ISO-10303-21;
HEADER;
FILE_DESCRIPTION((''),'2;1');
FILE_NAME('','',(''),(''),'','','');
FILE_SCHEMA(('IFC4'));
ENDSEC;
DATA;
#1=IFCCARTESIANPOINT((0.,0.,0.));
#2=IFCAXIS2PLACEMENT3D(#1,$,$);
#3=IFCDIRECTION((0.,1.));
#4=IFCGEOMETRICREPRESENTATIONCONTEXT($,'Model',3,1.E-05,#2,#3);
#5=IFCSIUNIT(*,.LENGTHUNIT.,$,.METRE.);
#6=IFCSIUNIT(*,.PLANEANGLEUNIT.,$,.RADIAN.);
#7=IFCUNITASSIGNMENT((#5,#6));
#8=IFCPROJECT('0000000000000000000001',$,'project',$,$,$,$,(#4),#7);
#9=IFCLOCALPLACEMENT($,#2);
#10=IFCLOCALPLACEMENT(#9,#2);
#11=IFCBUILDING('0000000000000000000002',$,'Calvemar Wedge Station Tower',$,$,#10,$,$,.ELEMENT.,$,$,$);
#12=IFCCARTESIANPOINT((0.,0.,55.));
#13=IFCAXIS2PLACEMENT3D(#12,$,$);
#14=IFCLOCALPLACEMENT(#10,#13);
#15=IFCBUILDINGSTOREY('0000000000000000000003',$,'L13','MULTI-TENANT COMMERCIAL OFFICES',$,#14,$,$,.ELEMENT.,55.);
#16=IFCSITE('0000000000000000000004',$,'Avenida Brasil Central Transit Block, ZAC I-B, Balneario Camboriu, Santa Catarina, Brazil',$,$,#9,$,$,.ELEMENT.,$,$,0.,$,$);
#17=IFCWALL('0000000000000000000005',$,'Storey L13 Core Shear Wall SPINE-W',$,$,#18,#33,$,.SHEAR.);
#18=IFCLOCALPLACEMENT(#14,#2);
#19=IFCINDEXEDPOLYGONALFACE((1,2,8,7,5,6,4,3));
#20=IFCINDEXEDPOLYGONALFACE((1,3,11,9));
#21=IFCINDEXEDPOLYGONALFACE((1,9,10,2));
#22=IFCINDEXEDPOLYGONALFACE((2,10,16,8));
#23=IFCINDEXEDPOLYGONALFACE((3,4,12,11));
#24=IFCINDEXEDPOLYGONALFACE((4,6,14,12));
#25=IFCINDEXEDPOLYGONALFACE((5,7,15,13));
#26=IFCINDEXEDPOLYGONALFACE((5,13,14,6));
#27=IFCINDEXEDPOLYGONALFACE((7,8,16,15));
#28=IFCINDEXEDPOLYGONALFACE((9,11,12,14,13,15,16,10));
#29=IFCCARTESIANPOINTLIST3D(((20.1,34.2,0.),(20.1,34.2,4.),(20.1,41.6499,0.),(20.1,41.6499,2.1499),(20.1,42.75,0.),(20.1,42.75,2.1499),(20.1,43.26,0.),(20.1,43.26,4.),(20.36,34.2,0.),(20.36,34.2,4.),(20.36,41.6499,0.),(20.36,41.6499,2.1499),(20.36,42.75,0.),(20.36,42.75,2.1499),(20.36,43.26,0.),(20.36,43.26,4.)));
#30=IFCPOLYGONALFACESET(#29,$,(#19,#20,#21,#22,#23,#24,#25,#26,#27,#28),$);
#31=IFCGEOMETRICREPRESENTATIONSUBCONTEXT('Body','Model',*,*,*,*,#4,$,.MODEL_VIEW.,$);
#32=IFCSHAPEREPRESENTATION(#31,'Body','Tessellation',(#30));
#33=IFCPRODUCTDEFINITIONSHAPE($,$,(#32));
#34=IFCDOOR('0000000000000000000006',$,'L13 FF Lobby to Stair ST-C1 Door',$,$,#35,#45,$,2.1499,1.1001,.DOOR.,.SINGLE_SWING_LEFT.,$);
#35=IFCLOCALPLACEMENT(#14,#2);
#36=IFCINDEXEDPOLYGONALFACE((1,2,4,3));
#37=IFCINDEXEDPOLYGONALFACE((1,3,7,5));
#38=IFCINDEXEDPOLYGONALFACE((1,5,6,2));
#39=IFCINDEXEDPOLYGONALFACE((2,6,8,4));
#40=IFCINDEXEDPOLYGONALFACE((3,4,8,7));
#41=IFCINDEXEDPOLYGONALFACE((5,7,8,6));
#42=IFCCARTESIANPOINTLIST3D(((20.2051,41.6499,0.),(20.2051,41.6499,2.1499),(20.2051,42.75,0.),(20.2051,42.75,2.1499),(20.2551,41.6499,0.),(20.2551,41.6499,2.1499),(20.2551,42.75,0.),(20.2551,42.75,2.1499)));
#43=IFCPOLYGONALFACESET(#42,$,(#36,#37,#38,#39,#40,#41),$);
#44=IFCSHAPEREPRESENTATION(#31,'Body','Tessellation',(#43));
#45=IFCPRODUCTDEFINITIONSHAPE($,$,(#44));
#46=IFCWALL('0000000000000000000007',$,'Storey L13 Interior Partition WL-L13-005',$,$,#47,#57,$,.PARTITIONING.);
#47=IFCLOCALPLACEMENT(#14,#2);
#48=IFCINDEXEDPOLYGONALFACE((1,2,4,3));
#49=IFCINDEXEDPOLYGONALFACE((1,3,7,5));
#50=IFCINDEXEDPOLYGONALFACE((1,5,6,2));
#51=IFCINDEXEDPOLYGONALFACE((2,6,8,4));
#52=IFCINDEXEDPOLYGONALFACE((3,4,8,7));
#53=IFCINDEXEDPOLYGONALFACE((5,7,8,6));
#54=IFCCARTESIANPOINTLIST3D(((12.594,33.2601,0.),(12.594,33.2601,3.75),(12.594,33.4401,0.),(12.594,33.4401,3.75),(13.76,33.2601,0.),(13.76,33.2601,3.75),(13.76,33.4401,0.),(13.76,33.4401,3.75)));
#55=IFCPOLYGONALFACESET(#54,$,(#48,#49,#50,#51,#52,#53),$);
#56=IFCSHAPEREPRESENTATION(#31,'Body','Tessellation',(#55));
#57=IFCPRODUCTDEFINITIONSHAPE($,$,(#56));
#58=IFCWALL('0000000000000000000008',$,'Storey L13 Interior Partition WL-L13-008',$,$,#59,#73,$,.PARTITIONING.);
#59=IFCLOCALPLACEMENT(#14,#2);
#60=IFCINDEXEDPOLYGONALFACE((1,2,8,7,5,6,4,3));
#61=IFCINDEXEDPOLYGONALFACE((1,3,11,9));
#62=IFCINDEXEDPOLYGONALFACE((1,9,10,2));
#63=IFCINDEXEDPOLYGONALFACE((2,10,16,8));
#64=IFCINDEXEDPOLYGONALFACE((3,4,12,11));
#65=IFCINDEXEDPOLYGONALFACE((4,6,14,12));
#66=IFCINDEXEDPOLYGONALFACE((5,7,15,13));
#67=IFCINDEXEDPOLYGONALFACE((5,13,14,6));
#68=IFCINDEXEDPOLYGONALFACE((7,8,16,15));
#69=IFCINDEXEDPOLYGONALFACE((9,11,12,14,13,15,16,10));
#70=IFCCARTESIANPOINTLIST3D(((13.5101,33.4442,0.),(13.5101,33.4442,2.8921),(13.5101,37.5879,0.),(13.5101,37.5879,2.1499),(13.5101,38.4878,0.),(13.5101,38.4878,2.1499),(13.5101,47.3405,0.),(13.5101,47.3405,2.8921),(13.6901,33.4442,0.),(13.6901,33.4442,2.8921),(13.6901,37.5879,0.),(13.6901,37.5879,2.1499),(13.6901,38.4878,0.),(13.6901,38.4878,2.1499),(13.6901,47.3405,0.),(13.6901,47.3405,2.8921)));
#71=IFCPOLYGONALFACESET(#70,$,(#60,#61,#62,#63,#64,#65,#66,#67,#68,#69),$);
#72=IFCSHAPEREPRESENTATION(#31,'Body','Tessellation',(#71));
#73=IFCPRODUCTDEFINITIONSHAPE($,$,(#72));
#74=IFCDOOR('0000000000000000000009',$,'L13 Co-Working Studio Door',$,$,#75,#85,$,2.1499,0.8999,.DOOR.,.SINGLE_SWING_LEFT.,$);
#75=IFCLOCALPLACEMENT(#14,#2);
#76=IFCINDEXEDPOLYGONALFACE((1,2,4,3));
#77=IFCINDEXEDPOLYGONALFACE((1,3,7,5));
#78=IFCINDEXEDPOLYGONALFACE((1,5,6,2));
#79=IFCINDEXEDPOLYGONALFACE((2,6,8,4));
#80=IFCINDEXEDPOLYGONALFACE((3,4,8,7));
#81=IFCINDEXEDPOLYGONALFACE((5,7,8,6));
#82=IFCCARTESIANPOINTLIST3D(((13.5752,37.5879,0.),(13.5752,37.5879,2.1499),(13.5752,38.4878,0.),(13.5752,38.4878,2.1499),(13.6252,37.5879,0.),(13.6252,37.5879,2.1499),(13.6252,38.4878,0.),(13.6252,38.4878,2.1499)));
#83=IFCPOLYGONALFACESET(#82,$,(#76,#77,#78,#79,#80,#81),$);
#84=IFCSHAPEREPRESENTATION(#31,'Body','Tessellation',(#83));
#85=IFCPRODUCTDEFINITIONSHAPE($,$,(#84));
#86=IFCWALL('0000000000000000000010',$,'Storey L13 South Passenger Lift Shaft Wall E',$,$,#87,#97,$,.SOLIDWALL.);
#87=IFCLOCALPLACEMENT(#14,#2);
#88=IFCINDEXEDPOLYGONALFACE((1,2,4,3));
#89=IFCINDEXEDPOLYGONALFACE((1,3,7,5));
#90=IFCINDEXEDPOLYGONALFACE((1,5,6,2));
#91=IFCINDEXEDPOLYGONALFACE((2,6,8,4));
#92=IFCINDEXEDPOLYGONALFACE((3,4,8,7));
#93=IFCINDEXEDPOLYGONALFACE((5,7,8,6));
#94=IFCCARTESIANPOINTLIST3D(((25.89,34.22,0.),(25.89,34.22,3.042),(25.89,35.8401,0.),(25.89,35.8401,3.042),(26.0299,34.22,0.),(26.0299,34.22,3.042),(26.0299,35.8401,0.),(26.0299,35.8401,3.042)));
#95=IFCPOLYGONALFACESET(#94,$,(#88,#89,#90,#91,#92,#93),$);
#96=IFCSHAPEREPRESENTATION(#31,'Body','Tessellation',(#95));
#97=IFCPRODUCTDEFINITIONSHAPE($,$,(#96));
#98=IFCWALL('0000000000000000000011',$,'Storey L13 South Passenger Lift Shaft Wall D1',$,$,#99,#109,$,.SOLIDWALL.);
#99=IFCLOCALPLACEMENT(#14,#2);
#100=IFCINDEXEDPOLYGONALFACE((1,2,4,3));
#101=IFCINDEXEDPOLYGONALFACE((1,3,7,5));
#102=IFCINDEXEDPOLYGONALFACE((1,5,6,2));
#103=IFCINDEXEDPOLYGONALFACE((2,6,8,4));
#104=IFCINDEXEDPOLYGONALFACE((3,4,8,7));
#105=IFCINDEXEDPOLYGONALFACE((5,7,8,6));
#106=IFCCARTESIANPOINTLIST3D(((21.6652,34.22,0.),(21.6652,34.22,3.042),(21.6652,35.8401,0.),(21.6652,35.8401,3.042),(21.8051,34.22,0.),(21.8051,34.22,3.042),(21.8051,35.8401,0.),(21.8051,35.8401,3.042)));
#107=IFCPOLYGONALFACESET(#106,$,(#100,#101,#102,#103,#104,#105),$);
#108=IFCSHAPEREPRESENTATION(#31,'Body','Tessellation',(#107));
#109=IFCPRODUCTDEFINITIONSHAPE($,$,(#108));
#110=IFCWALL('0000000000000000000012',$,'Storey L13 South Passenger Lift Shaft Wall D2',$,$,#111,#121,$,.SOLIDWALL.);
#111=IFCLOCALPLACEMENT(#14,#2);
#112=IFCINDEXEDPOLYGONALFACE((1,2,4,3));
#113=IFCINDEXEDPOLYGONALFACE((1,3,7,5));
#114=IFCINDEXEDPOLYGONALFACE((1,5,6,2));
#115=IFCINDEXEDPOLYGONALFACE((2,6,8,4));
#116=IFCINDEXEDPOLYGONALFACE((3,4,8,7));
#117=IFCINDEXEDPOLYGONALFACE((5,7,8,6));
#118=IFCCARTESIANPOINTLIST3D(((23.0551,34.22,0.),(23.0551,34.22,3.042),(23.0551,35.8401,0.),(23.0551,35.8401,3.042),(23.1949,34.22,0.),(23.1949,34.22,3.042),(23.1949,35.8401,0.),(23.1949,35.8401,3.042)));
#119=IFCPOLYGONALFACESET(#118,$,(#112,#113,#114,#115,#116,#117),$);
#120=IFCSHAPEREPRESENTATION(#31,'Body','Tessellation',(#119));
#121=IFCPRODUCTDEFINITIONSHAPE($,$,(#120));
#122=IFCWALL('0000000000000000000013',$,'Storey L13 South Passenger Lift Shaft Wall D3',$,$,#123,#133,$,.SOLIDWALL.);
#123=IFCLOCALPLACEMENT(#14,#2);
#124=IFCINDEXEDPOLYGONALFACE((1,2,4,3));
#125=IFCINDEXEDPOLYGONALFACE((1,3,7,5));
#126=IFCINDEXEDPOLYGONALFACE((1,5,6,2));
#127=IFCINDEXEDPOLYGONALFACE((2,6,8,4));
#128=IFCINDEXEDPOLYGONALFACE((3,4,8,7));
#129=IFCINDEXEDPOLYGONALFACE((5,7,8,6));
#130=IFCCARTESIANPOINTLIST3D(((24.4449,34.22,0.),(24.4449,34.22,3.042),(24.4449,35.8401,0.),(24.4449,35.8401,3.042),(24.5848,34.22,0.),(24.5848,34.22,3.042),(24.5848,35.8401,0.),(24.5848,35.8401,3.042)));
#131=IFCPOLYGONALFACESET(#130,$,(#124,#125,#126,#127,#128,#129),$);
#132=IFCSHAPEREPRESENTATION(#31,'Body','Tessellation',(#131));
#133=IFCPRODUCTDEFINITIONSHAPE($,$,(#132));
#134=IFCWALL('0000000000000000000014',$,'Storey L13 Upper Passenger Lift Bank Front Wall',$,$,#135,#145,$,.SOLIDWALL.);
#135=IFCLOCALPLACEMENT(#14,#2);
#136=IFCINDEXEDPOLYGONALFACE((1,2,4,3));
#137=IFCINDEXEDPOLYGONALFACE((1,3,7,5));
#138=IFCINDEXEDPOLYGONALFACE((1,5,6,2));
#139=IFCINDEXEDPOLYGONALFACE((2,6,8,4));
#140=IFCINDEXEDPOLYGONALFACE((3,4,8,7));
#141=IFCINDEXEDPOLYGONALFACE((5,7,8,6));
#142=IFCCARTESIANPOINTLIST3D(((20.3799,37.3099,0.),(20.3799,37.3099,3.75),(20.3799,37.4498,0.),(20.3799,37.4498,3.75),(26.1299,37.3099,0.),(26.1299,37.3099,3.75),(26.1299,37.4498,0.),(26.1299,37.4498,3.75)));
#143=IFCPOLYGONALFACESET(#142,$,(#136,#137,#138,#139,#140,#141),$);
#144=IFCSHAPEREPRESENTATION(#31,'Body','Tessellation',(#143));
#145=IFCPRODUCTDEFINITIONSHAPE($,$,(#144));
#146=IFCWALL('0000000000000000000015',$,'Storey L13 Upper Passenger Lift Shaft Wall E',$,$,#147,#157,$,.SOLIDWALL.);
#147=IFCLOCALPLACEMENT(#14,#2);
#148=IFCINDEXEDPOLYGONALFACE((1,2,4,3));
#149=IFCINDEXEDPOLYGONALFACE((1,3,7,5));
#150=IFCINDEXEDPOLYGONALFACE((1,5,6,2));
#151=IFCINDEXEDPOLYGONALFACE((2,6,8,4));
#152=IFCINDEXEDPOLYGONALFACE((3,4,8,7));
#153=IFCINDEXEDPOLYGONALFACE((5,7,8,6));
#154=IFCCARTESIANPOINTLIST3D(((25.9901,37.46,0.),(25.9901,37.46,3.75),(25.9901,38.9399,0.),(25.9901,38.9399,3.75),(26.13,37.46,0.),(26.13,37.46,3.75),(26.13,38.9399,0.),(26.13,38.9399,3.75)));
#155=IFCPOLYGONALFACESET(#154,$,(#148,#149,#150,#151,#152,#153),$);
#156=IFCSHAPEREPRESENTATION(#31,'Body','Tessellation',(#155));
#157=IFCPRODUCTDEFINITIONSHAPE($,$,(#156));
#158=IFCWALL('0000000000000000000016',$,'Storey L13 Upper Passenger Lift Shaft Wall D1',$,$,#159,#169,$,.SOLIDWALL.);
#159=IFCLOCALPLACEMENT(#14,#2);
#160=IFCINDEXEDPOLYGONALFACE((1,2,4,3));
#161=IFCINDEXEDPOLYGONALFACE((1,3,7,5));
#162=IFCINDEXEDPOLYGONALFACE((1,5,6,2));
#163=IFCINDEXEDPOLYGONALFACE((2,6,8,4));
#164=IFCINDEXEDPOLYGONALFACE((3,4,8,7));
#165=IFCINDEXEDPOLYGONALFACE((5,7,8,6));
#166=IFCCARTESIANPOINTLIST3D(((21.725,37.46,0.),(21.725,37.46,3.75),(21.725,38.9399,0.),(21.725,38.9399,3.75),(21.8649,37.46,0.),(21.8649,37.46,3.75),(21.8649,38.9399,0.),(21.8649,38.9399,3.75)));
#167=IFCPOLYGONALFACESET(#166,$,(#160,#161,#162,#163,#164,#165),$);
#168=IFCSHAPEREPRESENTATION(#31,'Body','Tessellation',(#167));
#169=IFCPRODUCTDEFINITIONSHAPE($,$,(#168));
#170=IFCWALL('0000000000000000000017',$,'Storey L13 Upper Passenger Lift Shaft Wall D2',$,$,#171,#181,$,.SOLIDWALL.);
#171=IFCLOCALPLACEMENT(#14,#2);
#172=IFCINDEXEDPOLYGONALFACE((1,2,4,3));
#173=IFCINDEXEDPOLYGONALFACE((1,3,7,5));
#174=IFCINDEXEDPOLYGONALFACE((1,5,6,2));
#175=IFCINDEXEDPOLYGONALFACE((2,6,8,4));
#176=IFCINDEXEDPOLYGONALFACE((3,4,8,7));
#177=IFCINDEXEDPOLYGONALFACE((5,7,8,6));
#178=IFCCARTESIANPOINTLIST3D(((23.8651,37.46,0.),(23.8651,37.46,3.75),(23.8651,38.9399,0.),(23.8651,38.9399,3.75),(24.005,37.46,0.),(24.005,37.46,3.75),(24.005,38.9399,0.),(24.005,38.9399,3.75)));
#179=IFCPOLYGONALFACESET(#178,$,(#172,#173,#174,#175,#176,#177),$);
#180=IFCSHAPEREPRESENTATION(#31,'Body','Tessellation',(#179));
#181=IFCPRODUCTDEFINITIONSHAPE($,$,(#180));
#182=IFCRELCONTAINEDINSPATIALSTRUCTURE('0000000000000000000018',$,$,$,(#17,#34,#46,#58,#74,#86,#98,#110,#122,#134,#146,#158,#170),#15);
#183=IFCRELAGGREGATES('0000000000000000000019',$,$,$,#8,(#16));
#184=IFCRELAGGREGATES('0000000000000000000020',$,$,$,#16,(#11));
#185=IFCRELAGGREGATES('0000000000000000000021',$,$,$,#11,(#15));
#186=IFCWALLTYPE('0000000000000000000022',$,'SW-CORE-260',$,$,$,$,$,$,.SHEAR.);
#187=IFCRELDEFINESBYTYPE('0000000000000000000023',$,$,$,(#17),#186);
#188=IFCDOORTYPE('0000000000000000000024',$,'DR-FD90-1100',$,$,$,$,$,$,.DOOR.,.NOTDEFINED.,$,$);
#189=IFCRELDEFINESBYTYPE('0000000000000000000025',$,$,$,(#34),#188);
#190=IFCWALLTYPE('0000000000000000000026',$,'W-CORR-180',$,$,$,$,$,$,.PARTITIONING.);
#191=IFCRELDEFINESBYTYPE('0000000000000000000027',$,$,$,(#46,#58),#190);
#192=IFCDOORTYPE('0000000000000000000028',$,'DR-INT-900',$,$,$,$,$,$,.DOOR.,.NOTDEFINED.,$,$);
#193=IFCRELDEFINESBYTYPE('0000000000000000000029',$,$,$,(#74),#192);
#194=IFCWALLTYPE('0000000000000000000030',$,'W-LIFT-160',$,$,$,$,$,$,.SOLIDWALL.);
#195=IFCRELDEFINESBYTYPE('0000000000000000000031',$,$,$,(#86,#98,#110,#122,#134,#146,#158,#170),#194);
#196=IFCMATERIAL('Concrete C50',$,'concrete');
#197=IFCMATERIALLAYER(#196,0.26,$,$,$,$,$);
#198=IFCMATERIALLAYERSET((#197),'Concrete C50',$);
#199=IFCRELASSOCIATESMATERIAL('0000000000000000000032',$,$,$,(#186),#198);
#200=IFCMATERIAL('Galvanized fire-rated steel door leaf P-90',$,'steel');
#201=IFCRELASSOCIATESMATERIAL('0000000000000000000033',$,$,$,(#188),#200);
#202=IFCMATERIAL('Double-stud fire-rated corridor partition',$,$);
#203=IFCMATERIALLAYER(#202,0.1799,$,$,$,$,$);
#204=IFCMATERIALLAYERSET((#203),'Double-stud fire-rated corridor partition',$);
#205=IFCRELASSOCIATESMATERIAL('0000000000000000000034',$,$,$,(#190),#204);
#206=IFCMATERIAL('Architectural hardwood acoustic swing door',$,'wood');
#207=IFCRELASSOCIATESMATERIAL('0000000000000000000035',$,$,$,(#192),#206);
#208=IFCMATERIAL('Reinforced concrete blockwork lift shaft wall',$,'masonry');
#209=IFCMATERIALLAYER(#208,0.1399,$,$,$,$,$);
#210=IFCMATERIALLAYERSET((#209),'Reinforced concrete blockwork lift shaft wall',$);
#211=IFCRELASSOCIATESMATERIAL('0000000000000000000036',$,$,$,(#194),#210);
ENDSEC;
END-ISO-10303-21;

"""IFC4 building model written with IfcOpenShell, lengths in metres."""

from ifc_helpers import new_model, si_unit, direction, frame, frame_2d, origin, place, context, subcontext, project, spatial, rectangle, extrude, source, transform, mapped, material, layer, layer_set, type_object, element, fill, save


model = new_model("IFC4")

# Units and contexts
model_context = context("Model", 3, precision=1e-05, world=origin(), true_north=direction((0.0, 1.0)))
body_context = subcontext(model_context, "Body", "Model", "MODEL_VIEW")
ifc_project = project(units=[si_unit("LENGTHUNIT", "METRE"), si_unit("PLANEANGLEUNIT", "RADIAN")], contexts=[model_context])

# Site, building, storey
site_placement = place(None, origin())
site = spatial("IfcSite", under=ifc_project, at=site_placement, Name="Avenida Brasil Central Transit Block, ZAC I-B, Balneario Camboriu, Santa Catarina, Brazil", CompositionType="ELEMENT", RefElevation=0.0)
building_placement = place(site_placement, origin())
building = spatial("IfcBuilding", under=site, at=building_placement, Name="Calvemar Wedge Station Tower", CompositionType="ELEMENT")
storey_placement = place(building_placement, frame((0.0, 0.0, 55.0)))
storey = spatial("IfcBuildingStorey", under=building, at=storey_placement, Name="L13", Description="MULTI-TENANT COMMERCIAL OFFICES", CompositionType="ELEMENT", Elevation=55.0)

# Wall, opening, door
ifc_material_1 = material(Name="Concrete C50", Category="concrete")
ifc_layer_1 = layer(ifc_material_1, 0.26)
ifc_layer_set_1 = layer_set([ifc_layer_1], Name="Concrete C50")
wall_type_1 = type_object("IfcWallType", Name="SW-CORE-260", PredefinedType="SHEAR", material=ifc_layer_set_1)
wall_1_placement = place(storey_placement, frame((20.23, 34.2, 0.0), z_axis=(0.0, 0.0, 1.0), x_axis=(0.0, 1.0, 0.0)))
wall_1 = element("IfcWall", 1, at=wall_1_placement, inside=storey, type_object=wall_type_1, Name="Storey L13 Core Shear Wall SPINE-W", PredefinedType="SHEAR", context=body_context, shape_type="SweptSolid", body=[
    extrude(rectangle(XDim=9.0601, YDim=0.26, at=frame_2d((4.53, 0.0))), origin(), (0.0, 0.0, 1.0), 4.0),
])
shared_shape_1 = source(origin(), body_context, "Body", "SweptSolid", [
    extrude(rectangle(XDim=1.1001, YDim=2.1499, at=frame_2d((0.55, 1.075))), frame((0.0, 0.1401, 0.0), z_axis=(0.0, -1.0, 0.0), x_axis=(1.0, 0.0, 0.0)), (0.0, 0.0, 1.0), 0.28),
])
opening_1_placement = place(wall_1_placement, frame((7.45, 0.0, 0.0)))
opening_1 = element("IfcOpeningElement", 2, at=opening_1_placement, cuts=wall_1, PredefinedType="OPENING", context=body_context, shape_type="MappedRepresentation", body=[
    mapped(shared_shape_1, transform((0.0, 0.0, 0.0), scale=1.0)),
])
ifc_material_2 = material(Name="Galvanized fire-rated steel door leaf P-90", Category="steel")
door_type_1 = type_object("IfcDoorType", Name="DR-FD90-1100", OperationType="NOTDEFINED", PredefinedType="DOOR", material=ifc_material_2)
shared_shape_2 = source(origin(), body_context, "Body", "SweptSolid", [
    extrude(rectangle(XDim=1.1001, YDim=2.1499, at=frame_2d((0.55, 1.075))), frame((0.0, 0.0249, 0.0), z_axis=(0.0, -1.0, 0.0), x_axis=(1.0, 0.0, 0.0)), (0.0, 0.0, 1.0), 0.05),
])
door_1_placement = place(opening_1_placement, origin())
door_1 = element("IfcDoor", 3, at=door_1_placement, inside=storey, type_object=door_type_1, Name="L13 FF Lobby to Stair ST-C1 Door", OperationType="SINGLE_SWING_LEFT", OverallHeight=2.1499, OverallWidth=1.1001, PredefinedType="DOOR", context=body_context, shape_type="MappedRepresentation", body=[
    mapped(shared_shape_2, transform((0.0, 0.0, 0.0), scale=1.0)),
])
fill(opening_1, door_1)

# Wall
ifc_material_3 = material(Name="Double-stud fire-rated corridor partition")
ifc_layer_2 = layer(ifc_material_3, 0.1799)
ifc_layer_set_2 = layer_set([ifc_layer_2], Name="Double-stud fire-rated corridor partition")
wall_type_2 = type_object("IfcWallType", Name="W-CORR-180", PredefinedType="PARTITIONING", material=ifc_layer_set_2)
wall_2_placement = place(storey_placement, frame((12.594, 33.3501, 0.0), z_axis=(0.0, 0.0, 1.0), x_axis=(1.0, 0.0, 0.0)))
element("IfcWall", 4, at=wall_2_placement, inside=storey, type_object=wall_type_2, Name="Storey L13 Interior Partition WL-L13-005", PredefinedType="PARTITIONING", context=body_context, shape_type="SweptSolid", body=[
    extrude(rectangle(XDim=1.166, YDim=0.1799, at=frame_2d((0.583, 0.0))), origin(), (0.0, 0.0, 1.0), 3.75),
])

# Wall, opening, door
wall_3_placement = place(storey_placement, frame((13.6001, 33.4441, 0.0), z_axis=(0.0, 0.0, 1.0), x_axis=(0.0, 1.0, 0.0)))
wall_3 = element("IfcWall", 5, at=wall_3_placement, inside=storey, type_object=wall_type_2, Name="Storey L13 Interior Partition WL-L13-008", PredefinedType="PARTITIONING", context=body_context, shape_type="SweptSolid", body=[
    extrude(rectangle(XDim=13.8962, YDim=0.1799, at=frame_2d((6.9482, 0.0))), origin(), (0.0, 0.0, 1.0), 2.8921),
])
shared_shape_3 = source(origin(), body_context, "Body", "SweptSolid", [
    extrude(rectangle(XDim=0.8999, YDim=2.1499, at=frame_2d((0.45, 1.075))), frame((0.0, 0.1001, 0.0), z_axis=(0.0, -1.0, 0.0), x_axis=(1.0, 0.0, 0.0)), (0.0, 0.0, 1.0), 0.2),
])
opening_2_placement = place(wall_3_placement, frame((4.1438, 0.0, 0.0)))
opening_2 = element("IfcOpeningElement", 6, at=opening_2_placement, cuts=wall_3, PredefinedType="OPENING", context=body_context, shape_type="MappedRepresentation", body=[
    mapped(shared_shape_3, transform((0.0, 0.0, 0.0), scale=1.0)),
])
ifc_material_4 = material(Name="Architectural hardwood acoustic swing door", Category="wood")
door_type_2 = type_object("IfcDoorType", Name="DR-INT-900", OperationType="NOTDEFINED", PredefinedType="DOOR", material=ifc_material_4)
shared_shape_4 = source(origin(), body_context, "Body", "SweptSolid", [
    extrude(rectangle(XDim=0.8999, YDim=2.1499, at=frame_2d((0.45, 1.075))), frame((0.0, 0.0249, 0.0), z_axis=(0.0, -1.0, 0.0), x_axis=(1.0, 0.0, 0.0)), (0.0, 0.0, 1.0), 0.05),
])
door_2_placement = place(opening_2_placement, origin())
door_2 = element("IfcDoor", 7, at=door_2_placement, inside=storey, type_object=door_type_2, Name="L13 Co-Working Studio Door", OperationType="SINGLE_SWING_LEFT", OverallHeight=2.1499, OverallWidth=0.8999, PredefinedType="DOOR", context=body_context, shape_type="MappedRepresentation", body=[
    mapped(shared_shape_4, transform((0.0, 0.0, 0.0), scale=1.0)),
])
fill(opening_2, door_2)

# Shared definitions
ifc_material_5 = material(Name="Reinforced concrete blockwork lift shaft wall", Category="masonry")
ifc_layer_3 = layer(ifc_material_5, 0.1399)
ifc_layer_set_3 = layer_set([ifc_layer_3], Name="Reinforced concrete blockwork lift shaft wall")
wall_type_3 = type_object("IfcWallType", Name="W-LIFT-160", PredefinedType="SOLIDWALL", material=ifc_layer_set_3)

# Walls
for number, where, z_axis, x_axis, name in (
    (8, (25.96, 34.22, 0.0), (0.0, 0.0, 1.0), (0.0, 1.0, 0.0), "Storey L13 South Passenger Lift Shaft Wall E"),
    (9, (21.7351, 34.22, 0.0), (0.0, 0.0, 1.0), (0.0, 1.0, 0.0), "Storey L13 South Passenger Lift Shaft Wall D1"),
    (10, (23.125, 34.22, 0.0), (0.0, 0.0, 1.0), (0.0, 1.0, 0.0), "Storey L13 South Passenger Lift Shaft Wall D2"),
    (11, (24.5149, 34.22, 0.0), (0.0, 0.0, 1.0), (0.0, 1.0, 0.0), "Storey L13 South Passenger Lift Shaft Wall D3"),
):
    element("IfcWall", number, at=place(storey_placement, frame(where, z_axis=z_axis, x_axis=x_axis)), inside=storey, type_object=wall_type_3, Name=name, PredefinedType="SOLIDWALL", context=body_context, shape_type="SweptSolid", body=[
        extrude(rectangle(XDim=1.6201, YDim=0.1399, at=frame_2d((0.8101, 0.0))), origin(), (0.0, 0.0, 1.0), 3.042),
    ])
wall_4_placement = place(storey_placement, frame((20.3799, 37.3799, 0.0), z_axis=(0.0, 0.0, 1.0), x_axis=(1.0, 0.0, 0.0)))
element("IfcWall", 12, at=wall_4_placement, inside=storey, type_object=wall_type_3, Name="Storey L13 Upper Passenger Lift Bank Front Wall", PredefinedType="SOLIDWALL", context=body_context, shape_type="SweptSolid", body=[
    extrude(rectangle(XDim=5.75, YDim=0.1399, at=frame_2d((2.875, 0.0))), origin(), (0.0, 0.0, 1.0), 3.75),
])
for number, where, z_axis, x_axis, name in (
    (13, (26.0601, 37.46, 0.0), (0.0, 0.0, 1.0), (0.0, 1.0, 0.0), "Storey L13 Upper Passenger Lift Shaft Wall E"),
    (14, (21.7949, 37.46, 0.0), (0.0, 0.0, 1.0), (0.0, 1.0, 0.0), "Storey L13 Upper Passenger Lift Shaft Wall D1"),
    (15, (23.9351, 37.46, 0.0), (0.0, 0.0, 1.0), (0.0, 1.0, 0.0), "Storey L13 Upper Passenger Lift Shaft Wall D2"),
):
    element("IfcWall", number, at=place(storey_placement, frame(where, z_axis=z_axis, x_axis=x_axis)), inside=storey, type_object=wall_type_3, Name=name, PredefinedType="SOLIDWALL", context=body_context, shape_type="SweptSolid", body=[
        extrude(rectangle(XDim=1.48, YDim=0.1399, at=frame_2d((0.74, 0.0))), origin(), (0.0, 0.0, 1.0), 3.75),
    ])

save(model, "model.ifc")
